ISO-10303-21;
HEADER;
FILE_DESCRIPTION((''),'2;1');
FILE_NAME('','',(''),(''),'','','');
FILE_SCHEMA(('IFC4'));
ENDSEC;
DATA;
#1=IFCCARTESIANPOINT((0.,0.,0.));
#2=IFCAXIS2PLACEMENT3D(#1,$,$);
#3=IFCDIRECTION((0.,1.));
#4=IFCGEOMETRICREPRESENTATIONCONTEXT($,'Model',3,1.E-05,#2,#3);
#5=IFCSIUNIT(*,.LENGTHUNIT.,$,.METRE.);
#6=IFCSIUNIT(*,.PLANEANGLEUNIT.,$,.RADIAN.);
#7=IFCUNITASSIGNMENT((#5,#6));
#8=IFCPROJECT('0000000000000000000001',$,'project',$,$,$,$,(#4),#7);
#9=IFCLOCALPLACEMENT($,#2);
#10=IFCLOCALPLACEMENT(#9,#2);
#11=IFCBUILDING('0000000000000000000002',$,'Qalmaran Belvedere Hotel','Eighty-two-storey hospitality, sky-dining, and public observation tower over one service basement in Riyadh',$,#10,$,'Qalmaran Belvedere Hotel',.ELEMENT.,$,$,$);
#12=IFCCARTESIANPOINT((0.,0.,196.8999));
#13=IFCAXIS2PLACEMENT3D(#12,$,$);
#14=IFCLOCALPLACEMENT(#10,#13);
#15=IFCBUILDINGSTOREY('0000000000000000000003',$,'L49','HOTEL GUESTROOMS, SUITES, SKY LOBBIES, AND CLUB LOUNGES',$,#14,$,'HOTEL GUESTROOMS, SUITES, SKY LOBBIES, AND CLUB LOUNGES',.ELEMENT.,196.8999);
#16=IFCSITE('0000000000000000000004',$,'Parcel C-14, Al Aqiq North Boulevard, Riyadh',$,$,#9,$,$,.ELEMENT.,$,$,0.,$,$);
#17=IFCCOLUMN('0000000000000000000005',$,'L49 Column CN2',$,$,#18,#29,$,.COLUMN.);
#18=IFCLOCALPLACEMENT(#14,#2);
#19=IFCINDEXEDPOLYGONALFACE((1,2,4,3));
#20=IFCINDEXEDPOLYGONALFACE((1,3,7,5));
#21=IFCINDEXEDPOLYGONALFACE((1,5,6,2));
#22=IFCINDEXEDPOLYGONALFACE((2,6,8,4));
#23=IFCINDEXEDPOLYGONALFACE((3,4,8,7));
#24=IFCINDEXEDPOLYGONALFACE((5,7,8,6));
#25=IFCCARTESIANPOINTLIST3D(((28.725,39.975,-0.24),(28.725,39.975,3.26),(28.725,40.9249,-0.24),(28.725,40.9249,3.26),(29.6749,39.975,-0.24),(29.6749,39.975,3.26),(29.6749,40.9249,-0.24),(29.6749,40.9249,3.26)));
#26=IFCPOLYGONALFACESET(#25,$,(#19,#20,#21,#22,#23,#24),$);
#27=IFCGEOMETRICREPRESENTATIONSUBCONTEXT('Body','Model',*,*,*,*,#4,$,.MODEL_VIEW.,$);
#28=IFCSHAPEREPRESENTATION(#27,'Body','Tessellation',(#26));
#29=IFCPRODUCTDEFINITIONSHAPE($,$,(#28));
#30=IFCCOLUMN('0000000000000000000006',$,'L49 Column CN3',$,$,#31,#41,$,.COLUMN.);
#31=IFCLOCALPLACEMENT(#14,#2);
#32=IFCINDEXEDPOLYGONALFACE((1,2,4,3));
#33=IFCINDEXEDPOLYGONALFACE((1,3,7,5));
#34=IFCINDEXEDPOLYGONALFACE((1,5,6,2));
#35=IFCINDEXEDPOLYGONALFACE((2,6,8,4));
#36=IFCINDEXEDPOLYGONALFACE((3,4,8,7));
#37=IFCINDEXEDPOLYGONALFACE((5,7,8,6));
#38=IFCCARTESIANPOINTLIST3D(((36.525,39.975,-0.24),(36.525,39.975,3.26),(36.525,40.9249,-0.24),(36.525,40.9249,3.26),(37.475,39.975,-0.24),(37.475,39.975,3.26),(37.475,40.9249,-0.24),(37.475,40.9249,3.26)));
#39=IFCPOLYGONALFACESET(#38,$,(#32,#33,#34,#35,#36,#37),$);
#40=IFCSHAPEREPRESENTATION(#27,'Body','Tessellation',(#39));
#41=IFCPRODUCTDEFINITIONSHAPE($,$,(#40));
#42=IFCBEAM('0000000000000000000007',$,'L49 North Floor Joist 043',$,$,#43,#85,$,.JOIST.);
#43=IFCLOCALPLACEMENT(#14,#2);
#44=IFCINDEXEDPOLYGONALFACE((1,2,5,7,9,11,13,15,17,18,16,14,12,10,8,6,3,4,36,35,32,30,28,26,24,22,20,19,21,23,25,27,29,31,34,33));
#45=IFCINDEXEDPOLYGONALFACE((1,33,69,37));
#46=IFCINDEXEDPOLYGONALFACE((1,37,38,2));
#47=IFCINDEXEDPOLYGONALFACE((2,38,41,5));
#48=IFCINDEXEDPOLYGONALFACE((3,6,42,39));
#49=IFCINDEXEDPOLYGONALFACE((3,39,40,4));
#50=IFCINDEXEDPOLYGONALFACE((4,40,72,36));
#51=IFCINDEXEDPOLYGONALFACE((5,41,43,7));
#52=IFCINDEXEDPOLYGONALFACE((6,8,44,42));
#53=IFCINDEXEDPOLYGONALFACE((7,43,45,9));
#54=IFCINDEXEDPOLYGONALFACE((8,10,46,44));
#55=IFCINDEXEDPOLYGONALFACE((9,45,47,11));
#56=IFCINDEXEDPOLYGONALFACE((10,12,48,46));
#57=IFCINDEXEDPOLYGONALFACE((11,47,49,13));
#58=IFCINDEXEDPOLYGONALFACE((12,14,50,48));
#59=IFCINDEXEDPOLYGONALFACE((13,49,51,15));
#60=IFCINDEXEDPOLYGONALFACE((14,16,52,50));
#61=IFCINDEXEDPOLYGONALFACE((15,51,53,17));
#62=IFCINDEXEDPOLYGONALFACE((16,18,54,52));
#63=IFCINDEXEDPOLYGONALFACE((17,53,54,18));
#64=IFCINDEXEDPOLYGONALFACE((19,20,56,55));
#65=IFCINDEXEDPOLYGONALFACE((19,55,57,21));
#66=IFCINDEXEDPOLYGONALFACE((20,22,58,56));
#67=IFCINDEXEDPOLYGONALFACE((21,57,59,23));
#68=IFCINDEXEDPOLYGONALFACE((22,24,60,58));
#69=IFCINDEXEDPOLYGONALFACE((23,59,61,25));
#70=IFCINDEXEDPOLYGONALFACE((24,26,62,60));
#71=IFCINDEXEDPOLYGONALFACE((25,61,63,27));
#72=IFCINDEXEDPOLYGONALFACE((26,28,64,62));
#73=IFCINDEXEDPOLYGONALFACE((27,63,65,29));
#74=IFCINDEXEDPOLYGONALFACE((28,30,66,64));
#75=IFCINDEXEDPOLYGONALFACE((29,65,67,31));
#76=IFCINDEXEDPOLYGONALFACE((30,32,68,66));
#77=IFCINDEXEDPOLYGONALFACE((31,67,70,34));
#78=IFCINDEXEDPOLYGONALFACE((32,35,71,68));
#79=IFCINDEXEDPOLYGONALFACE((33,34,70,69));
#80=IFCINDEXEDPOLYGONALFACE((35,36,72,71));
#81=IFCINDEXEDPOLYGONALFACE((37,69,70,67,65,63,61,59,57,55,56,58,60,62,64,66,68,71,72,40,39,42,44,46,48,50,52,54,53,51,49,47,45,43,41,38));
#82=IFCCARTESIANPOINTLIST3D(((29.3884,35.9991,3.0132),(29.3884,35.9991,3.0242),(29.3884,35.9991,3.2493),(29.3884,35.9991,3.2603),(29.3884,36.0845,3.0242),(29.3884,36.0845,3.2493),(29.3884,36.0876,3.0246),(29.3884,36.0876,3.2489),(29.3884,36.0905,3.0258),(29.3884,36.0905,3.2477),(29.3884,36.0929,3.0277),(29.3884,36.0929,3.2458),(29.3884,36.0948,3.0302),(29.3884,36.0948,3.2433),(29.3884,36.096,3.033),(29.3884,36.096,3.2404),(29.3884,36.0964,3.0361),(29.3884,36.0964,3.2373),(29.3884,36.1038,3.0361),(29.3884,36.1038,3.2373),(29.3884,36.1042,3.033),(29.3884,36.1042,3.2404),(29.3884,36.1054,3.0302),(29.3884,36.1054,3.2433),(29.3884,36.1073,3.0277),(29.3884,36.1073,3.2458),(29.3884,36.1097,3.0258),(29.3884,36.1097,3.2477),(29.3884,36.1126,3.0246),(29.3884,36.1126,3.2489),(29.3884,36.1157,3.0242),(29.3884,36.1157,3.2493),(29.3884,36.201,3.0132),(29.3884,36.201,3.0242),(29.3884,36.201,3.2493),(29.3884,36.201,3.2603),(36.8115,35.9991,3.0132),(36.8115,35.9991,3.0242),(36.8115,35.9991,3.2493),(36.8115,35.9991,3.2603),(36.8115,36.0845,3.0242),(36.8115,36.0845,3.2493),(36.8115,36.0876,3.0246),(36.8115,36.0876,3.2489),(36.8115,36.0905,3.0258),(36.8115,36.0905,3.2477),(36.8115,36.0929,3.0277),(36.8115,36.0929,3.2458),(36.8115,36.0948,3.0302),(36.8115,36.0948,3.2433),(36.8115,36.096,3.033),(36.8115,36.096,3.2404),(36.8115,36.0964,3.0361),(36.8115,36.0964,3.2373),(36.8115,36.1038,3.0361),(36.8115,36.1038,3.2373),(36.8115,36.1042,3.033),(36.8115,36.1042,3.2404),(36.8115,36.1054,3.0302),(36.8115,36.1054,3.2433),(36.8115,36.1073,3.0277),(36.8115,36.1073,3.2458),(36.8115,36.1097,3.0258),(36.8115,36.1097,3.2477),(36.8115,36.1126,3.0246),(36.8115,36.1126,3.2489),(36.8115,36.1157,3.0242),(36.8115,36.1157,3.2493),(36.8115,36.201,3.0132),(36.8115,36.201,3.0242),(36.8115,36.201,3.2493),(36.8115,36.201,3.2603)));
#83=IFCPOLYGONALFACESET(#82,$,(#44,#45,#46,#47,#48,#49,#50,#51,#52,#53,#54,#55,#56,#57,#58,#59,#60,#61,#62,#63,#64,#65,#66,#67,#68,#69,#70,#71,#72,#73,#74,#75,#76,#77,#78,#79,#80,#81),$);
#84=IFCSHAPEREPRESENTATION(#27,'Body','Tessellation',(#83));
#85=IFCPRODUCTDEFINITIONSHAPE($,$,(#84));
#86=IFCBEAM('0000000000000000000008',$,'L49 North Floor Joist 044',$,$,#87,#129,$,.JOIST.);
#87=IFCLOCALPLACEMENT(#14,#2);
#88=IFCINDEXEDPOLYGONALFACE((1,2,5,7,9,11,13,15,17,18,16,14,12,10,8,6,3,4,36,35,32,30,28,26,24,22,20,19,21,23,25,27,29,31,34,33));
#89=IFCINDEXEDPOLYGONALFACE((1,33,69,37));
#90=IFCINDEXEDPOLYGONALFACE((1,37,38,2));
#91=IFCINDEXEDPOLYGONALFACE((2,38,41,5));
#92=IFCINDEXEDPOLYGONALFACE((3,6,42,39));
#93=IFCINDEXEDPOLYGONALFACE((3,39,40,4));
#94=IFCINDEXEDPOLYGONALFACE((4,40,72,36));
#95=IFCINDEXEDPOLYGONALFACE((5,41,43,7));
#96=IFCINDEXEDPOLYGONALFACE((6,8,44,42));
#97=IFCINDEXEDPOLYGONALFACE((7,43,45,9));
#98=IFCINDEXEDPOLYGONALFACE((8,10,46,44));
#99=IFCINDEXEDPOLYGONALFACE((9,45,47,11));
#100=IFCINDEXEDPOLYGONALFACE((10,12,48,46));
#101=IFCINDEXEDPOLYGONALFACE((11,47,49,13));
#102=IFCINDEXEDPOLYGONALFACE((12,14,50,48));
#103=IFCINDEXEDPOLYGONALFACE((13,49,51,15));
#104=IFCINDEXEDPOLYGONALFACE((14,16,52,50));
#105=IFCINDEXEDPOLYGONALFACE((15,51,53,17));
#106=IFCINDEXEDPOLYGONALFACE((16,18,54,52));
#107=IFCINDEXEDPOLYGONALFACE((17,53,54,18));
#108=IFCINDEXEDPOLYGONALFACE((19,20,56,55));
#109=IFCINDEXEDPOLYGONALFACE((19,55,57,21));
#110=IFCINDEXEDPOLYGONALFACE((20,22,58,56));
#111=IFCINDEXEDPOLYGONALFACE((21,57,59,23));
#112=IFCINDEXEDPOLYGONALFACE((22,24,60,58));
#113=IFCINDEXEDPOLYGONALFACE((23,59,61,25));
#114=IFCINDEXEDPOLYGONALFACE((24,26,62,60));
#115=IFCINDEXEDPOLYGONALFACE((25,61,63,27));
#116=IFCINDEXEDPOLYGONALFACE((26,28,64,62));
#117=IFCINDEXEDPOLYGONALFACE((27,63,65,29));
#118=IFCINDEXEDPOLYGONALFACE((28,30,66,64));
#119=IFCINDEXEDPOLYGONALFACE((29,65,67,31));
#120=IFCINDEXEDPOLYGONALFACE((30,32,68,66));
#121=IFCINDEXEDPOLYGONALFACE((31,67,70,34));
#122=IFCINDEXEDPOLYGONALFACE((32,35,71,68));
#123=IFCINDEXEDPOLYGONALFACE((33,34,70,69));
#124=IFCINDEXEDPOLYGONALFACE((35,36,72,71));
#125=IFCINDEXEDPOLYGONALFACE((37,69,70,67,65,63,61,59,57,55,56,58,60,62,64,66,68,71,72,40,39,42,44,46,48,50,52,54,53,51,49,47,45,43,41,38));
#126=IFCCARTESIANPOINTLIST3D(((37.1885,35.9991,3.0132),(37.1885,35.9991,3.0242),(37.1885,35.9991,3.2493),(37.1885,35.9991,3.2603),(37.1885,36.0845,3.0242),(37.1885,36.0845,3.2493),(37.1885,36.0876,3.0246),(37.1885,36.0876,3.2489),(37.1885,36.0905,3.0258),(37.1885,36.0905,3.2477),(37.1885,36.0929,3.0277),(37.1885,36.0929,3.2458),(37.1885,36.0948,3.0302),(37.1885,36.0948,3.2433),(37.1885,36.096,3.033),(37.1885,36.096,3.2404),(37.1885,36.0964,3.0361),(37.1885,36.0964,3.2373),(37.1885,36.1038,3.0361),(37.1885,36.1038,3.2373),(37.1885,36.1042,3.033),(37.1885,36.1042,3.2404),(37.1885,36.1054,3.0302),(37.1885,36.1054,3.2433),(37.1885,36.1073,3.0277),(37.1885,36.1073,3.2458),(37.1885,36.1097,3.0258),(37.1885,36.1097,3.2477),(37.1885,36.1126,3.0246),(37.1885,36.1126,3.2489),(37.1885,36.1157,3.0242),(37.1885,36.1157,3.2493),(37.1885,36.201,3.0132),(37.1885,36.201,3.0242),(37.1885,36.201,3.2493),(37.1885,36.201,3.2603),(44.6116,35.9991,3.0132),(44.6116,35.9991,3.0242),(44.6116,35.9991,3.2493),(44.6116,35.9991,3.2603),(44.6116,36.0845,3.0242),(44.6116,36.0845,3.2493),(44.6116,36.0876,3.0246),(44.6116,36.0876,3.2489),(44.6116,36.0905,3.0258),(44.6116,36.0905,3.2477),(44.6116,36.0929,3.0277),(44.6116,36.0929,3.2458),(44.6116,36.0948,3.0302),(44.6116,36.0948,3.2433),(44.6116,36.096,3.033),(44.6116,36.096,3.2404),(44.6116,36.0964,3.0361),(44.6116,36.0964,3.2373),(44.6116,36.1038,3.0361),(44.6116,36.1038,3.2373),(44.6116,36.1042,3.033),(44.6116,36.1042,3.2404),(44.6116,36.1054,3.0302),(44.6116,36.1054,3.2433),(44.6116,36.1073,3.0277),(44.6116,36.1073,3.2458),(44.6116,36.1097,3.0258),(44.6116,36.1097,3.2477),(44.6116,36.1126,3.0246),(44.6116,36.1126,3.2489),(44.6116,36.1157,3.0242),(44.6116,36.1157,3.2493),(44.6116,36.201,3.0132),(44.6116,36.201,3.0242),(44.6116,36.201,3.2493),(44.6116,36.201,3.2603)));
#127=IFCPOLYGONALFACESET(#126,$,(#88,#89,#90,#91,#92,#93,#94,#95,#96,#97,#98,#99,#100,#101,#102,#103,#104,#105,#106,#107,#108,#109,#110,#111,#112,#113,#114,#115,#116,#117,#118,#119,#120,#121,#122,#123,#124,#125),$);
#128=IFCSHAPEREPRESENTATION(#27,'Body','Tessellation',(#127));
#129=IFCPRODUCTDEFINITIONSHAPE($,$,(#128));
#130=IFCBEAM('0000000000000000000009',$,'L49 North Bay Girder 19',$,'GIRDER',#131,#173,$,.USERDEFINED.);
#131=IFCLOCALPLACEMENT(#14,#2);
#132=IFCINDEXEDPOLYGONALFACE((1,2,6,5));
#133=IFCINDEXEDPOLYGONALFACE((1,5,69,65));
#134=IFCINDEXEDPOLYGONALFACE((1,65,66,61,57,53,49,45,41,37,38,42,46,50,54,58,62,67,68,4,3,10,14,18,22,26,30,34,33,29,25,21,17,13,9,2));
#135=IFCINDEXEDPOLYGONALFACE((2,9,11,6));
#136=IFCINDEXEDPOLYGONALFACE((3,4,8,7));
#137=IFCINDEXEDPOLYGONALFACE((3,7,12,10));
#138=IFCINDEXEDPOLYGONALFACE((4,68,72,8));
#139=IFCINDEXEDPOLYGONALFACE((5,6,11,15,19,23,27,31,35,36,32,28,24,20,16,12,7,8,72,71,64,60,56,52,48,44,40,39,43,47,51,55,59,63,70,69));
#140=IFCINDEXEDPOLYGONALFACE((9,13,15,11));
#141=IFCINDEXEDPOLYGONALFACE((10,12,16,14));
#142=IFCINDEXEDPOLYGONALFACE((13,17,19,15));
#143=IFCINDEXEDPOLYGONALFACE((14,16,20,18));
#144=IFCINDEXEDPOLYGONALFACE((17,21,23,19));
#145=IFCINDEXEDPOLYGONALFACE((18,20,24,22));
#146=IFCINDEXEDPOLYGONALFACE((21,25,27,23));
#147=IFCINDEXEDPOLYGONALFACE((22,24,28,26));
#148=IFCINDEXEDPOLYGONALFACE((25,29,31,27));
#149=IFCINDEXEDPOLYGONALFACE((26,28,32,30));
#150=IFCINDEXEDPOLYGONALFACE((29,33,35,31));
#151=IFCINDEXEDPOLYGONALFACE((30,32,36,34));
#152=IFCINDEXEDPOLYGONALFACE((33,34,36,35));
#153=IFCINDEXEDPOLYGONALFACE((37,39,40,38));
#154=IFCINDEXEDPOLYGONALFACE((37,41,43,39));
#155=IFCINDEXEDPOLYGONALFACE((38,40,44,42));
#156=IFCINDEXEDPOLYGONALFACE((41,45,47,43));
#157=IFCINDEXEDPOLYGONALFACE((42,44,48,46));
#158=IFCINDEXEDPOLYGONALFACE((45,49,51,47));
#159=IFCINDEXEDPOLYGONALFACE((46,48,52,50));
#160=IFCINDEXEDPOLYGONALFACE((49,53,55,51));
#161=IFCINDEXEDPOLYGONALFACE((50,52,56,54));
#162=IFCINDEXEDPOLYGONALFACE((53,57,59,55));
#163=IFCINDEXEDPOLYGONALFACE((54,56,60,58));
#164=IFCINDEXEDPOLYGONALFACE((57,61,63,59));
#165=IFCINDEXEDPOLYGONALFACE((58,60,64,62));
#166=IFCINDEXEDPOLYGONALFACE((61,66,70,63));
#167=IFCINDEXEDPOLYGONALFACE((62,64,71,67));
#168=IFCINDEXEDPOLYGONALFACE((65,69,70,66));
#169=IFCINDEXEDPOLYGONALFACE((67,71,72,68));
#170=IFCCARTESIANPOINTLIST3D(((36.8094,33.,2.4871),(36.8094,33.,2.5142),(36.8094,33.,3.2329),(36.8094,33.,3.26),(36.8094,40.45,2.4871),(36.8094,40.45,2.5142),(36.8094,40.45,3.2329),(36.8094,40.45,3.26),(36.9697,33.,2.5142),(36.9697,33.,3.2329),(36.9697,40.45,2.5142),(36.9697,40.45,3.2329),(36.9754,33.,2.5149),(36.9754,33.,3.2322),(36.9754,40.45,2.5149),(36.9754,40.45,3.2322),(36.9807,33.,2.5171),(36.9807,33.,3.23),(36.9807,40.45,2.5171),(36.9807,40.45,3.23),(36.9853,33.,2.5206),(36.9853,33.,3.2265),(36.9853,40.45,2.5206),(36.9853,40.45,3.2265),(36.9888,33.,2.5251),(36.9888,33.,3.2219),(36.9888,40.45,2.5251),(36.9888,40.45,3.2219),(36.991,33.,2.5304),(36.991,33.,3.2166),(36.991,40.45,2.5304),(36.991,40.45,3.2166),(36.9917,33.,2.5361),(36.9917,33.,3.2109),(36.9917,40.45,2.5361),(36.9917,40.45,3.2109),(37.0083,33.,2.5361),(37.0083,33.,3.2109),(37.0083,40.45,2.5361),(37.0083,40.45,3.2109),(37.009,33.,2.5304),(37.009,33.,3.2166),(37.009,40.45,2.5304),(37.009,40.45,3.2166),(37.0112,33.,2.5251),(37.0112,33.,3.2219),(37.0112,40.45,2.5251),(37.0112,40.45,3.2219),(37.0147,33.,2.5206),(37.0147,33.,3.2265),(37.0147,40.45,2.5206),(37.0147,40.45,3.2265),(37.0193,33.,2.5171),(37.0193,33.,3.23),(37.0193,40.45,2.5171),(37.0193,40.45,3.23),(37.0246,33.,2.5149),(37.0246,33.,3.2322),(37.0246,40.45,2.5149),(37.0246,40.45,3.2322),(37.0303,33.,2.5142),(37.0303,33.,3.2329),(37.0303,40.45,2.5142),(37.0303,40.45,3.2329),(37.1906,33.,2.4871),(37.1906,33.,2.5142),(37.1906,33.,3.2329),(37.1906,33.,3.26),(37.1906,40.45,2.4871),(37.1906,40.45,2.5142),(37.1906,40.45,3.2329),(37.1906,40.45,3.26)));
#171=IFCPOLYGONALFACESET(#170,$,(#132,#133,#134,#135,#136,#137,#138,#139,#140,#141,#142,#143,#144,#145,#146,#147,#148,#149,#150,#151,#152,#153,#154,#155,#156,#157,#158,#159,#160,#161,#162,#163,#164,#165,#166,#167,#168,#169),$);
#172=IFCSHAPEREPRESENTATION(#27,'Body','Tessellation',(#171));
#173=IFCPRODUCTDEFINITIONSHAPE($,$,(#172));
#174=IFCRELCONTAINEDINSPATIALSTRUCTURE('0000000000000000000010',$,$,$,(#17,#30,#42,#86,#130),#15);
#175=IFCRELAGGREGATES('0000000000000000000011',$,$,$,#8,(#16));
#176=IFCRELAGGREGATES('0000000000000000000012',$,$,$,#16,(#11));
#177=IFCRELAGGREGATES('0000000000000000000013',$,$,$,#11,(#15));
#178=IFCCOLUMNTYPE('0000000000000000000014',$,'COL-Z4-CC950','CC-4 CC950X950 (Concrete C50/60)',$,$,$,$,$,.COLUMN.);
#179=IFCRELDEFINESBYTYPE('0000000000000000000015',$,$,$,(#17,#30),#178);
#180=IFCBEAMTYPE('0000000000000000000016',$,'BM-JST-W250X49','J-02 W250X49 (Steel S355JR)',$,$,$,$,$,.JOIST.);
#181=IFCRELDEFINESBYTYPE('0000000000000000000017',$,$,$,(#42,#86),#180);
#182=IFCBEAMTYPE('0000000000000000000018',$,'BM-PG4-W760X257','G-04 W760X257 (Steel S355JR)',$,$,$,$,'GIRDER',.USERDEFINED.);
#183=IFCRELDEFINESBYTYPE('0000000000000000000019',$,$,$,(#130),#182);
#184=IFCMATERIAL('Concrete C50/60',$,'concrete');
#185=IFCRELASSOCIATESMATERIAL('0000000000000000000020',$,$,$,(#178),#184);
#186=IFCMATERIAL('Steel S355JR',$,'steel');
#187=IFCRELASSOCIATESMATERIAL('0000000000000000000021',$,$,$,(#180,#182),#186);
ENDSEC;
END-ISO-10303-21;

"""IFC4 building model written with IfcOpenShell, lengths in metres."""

from ifc_helpers import new_model, si_unit, direction, frame, origin, origin_2d, place, context, subcontext, project, spatial, rectangle, i_section, extrude, material, material_profile, profile_set, type_object, element, save


model = new_model("IFC4")

# Units and contexts
model_context = context("Model", 3, precision=1e-05, world=origin(), true_north=direction((0.0, 1.0)))
body_context = subcontext(model_context, "Body", "Model", "MODEL_VIEW")
ifc_project = project(units=[si_unit("LENGTHUNIT", "METRE"), si_unit("PLANEANGLEUNIT", "RADIAN")], contexts=[model_context])

# Site, building, storey
site_placement = place(None, origin())
site = spatial("IfcSite", under=ifc_project, at=site_placement, Name="Parcel C-14, Al Aqiq North Boulevard, Riyadh", CompositionType="ELEMENT", RefElevation=0.0)
building_placement = place(site_placement, origin())
building = spatial("IfcBuilding", under=site, at=building_placement, Name="Qalmaran Belvedere Hotel", Description="Eighty-two-storey hospitality, sky-dining, and public observation tower over one service basement in Riyadh", LongName="Qalmaran Belvedere Hotel", CompositionType="ELEMENT")
storey_placement = place(building_placement, frame((0.0, 0.0, 196.8999)))
storey = spatial("IfcBuildingStorey", under=building, at=storey_placement, Name="L49", Description="HOTEL GUESTROOMS, SUITES, SKY LOBBIES, AND CLUB LOUNGES", LongName="HOTEL GUESTROOMS, SUITES, SKY LOBBIES, AND CLUB LOUNGES", CompositionType="ELEMENT", Elevation=196.8999)

# Columns
ifc_material_1 = material(Name="Concrete C50/60", Category="concrete")
ifc_material_profile_1 = material_profile(ifc_material_1, rectangle(XDim=0.95, YDim=0.95, at=origin_2d()), Name="CC950X950")
ifc_profile_set_1 = profile_set([ifc_material_profile_1], Name="Concrete C50/60")
column_type = type_object("IfcColumnType", Name="COL-Z4-CC950", Description="CC-4 CC950X950 (Concrete C50/60)", PredefinedType="COLUMN", material=ifc_profile_set_1)
for number, where, z_axis, x_axis, name in (
    (1, (29.2, 40.45, -0.24), (0.0, 0.0, 1.0), (1.0, 0.0, 0.0), "L49 Column CN2"),
    (2, (37.0, 40.45, -0.24), (0.0, 0.0, 1.0), (1.0, 0.0, 0.0), "L49 Column CN3"),
):
    element("IfcColumn", number, at=place(storey_placement, frame(where, z_axis=z_axis, x_axis=x_axis)), inside=storey, type_object=column_type, Name=name, PredefinedType="COLUMN", context=body_context, shape_type="SweptSolid", body=[
        extrude(rectangle(XDim=0.95, YDim=0.95, at=origin_2d()), origin(), (0.0, 0.0, 1.0), 3.5),
    ])

# Beams
ifc_material_2 = material(Name="Steel S355JR", Category="steel")
ifc_material_profile_2 = material_profile(ifc_material_2, i_section(OverallWidth=0.2019, OverallDepth=0.2471, WebThickness=0.0073, FlangeThickness=0.011, FilletRadius=0.012, at=origin_2d()), Name="W250X49")
ifc_profile_set_2 = profile_set([ifc_material_profile_2], Name="Steel S355JR")
beam_type_1 = type_object("IfcBeamType", Name="BM-JST-W250X49", Description="J-02 W250X49 (Steel S355JR)", PredefinedType="JOIST", material=ifc_profile_set_2)
for number, where, z_axis, x_axis, name in (
    (3, (29.3884, 36.1001, 3.1367), (1.0, 0.0, 0.0), (0.0, 1.0, 0.0), "L49 North Floor Joist 043"),
    (4, (37.1885, 36.1001, 3.1367), (1.0, 0.0, 0.0), (0.0, 1.0, 0.0), "L49 North Floor Joist 044"),
):
    element("IfcBeam", number, at=place(storey_placement, frame(where, z_axis=z_axis, x_axis=x_axis)), inside=storey, type_object=beam_type_1, Name=name, PredefinedType="JOIST", context=body_context, shape_type="SweptSolid", body=[
        extrude(i_section(OverallWidth=0.2019, OverallDepth=0.2471, WebThickness=0.0073, FlangeThickness=0.011, FilletRadius=0.012, at=origin_2d()), origin(), (0.0, 0.0, 1.0), 7.4231),
    ])
ifc_material_profile_3 = material_profile(ifc_material_2, i_section(OverallWidth=0.3811, OverallDepth=0.7729, WebThickness=0.0166, FlangeThickness=0.0271, FilletRadius=0.022, at=origin_2d()), Name="W760X257")
ifc_profile_set_3 = profile_set([ifc_material_profile_3], Name="Steel S355JR")
beam_type_2 = type_object("IfcBeamType", Name="BM-PG4-W760X257", Description="G-04 W760X257 (Steel S355JR)", ElementType="GIRDER", PredefinedType="USERDEFINED", material=ifc_profile_set_3)
beam_placement = place(storey_placement, frame((37.0, 33.0, 2.8735), z_axis=(0.0, 1.0, 0.0), x_axis=(-1.0, 0.0, 0.0)))
element("IfcBeam", 5, at=beam_placement, inside=storey, type_object=beam_type_2, Name="L49 North Bay Girder 19", ObjectType="GIRDER", PredefinedType="USERDEFINED", context=body_context, shape_type="SweptSolid", body=[
    extrude(i_section(OverallWidth=0.3811, OverallDepth=0.7729, WebThickness=0.0166, FlangeThickness=0.0271, FilletRadius=0.022, at=origin_2d()), origin(), (0.0, 0.0, 1.0), 7.45),
])

save(model, "model.ifc")
